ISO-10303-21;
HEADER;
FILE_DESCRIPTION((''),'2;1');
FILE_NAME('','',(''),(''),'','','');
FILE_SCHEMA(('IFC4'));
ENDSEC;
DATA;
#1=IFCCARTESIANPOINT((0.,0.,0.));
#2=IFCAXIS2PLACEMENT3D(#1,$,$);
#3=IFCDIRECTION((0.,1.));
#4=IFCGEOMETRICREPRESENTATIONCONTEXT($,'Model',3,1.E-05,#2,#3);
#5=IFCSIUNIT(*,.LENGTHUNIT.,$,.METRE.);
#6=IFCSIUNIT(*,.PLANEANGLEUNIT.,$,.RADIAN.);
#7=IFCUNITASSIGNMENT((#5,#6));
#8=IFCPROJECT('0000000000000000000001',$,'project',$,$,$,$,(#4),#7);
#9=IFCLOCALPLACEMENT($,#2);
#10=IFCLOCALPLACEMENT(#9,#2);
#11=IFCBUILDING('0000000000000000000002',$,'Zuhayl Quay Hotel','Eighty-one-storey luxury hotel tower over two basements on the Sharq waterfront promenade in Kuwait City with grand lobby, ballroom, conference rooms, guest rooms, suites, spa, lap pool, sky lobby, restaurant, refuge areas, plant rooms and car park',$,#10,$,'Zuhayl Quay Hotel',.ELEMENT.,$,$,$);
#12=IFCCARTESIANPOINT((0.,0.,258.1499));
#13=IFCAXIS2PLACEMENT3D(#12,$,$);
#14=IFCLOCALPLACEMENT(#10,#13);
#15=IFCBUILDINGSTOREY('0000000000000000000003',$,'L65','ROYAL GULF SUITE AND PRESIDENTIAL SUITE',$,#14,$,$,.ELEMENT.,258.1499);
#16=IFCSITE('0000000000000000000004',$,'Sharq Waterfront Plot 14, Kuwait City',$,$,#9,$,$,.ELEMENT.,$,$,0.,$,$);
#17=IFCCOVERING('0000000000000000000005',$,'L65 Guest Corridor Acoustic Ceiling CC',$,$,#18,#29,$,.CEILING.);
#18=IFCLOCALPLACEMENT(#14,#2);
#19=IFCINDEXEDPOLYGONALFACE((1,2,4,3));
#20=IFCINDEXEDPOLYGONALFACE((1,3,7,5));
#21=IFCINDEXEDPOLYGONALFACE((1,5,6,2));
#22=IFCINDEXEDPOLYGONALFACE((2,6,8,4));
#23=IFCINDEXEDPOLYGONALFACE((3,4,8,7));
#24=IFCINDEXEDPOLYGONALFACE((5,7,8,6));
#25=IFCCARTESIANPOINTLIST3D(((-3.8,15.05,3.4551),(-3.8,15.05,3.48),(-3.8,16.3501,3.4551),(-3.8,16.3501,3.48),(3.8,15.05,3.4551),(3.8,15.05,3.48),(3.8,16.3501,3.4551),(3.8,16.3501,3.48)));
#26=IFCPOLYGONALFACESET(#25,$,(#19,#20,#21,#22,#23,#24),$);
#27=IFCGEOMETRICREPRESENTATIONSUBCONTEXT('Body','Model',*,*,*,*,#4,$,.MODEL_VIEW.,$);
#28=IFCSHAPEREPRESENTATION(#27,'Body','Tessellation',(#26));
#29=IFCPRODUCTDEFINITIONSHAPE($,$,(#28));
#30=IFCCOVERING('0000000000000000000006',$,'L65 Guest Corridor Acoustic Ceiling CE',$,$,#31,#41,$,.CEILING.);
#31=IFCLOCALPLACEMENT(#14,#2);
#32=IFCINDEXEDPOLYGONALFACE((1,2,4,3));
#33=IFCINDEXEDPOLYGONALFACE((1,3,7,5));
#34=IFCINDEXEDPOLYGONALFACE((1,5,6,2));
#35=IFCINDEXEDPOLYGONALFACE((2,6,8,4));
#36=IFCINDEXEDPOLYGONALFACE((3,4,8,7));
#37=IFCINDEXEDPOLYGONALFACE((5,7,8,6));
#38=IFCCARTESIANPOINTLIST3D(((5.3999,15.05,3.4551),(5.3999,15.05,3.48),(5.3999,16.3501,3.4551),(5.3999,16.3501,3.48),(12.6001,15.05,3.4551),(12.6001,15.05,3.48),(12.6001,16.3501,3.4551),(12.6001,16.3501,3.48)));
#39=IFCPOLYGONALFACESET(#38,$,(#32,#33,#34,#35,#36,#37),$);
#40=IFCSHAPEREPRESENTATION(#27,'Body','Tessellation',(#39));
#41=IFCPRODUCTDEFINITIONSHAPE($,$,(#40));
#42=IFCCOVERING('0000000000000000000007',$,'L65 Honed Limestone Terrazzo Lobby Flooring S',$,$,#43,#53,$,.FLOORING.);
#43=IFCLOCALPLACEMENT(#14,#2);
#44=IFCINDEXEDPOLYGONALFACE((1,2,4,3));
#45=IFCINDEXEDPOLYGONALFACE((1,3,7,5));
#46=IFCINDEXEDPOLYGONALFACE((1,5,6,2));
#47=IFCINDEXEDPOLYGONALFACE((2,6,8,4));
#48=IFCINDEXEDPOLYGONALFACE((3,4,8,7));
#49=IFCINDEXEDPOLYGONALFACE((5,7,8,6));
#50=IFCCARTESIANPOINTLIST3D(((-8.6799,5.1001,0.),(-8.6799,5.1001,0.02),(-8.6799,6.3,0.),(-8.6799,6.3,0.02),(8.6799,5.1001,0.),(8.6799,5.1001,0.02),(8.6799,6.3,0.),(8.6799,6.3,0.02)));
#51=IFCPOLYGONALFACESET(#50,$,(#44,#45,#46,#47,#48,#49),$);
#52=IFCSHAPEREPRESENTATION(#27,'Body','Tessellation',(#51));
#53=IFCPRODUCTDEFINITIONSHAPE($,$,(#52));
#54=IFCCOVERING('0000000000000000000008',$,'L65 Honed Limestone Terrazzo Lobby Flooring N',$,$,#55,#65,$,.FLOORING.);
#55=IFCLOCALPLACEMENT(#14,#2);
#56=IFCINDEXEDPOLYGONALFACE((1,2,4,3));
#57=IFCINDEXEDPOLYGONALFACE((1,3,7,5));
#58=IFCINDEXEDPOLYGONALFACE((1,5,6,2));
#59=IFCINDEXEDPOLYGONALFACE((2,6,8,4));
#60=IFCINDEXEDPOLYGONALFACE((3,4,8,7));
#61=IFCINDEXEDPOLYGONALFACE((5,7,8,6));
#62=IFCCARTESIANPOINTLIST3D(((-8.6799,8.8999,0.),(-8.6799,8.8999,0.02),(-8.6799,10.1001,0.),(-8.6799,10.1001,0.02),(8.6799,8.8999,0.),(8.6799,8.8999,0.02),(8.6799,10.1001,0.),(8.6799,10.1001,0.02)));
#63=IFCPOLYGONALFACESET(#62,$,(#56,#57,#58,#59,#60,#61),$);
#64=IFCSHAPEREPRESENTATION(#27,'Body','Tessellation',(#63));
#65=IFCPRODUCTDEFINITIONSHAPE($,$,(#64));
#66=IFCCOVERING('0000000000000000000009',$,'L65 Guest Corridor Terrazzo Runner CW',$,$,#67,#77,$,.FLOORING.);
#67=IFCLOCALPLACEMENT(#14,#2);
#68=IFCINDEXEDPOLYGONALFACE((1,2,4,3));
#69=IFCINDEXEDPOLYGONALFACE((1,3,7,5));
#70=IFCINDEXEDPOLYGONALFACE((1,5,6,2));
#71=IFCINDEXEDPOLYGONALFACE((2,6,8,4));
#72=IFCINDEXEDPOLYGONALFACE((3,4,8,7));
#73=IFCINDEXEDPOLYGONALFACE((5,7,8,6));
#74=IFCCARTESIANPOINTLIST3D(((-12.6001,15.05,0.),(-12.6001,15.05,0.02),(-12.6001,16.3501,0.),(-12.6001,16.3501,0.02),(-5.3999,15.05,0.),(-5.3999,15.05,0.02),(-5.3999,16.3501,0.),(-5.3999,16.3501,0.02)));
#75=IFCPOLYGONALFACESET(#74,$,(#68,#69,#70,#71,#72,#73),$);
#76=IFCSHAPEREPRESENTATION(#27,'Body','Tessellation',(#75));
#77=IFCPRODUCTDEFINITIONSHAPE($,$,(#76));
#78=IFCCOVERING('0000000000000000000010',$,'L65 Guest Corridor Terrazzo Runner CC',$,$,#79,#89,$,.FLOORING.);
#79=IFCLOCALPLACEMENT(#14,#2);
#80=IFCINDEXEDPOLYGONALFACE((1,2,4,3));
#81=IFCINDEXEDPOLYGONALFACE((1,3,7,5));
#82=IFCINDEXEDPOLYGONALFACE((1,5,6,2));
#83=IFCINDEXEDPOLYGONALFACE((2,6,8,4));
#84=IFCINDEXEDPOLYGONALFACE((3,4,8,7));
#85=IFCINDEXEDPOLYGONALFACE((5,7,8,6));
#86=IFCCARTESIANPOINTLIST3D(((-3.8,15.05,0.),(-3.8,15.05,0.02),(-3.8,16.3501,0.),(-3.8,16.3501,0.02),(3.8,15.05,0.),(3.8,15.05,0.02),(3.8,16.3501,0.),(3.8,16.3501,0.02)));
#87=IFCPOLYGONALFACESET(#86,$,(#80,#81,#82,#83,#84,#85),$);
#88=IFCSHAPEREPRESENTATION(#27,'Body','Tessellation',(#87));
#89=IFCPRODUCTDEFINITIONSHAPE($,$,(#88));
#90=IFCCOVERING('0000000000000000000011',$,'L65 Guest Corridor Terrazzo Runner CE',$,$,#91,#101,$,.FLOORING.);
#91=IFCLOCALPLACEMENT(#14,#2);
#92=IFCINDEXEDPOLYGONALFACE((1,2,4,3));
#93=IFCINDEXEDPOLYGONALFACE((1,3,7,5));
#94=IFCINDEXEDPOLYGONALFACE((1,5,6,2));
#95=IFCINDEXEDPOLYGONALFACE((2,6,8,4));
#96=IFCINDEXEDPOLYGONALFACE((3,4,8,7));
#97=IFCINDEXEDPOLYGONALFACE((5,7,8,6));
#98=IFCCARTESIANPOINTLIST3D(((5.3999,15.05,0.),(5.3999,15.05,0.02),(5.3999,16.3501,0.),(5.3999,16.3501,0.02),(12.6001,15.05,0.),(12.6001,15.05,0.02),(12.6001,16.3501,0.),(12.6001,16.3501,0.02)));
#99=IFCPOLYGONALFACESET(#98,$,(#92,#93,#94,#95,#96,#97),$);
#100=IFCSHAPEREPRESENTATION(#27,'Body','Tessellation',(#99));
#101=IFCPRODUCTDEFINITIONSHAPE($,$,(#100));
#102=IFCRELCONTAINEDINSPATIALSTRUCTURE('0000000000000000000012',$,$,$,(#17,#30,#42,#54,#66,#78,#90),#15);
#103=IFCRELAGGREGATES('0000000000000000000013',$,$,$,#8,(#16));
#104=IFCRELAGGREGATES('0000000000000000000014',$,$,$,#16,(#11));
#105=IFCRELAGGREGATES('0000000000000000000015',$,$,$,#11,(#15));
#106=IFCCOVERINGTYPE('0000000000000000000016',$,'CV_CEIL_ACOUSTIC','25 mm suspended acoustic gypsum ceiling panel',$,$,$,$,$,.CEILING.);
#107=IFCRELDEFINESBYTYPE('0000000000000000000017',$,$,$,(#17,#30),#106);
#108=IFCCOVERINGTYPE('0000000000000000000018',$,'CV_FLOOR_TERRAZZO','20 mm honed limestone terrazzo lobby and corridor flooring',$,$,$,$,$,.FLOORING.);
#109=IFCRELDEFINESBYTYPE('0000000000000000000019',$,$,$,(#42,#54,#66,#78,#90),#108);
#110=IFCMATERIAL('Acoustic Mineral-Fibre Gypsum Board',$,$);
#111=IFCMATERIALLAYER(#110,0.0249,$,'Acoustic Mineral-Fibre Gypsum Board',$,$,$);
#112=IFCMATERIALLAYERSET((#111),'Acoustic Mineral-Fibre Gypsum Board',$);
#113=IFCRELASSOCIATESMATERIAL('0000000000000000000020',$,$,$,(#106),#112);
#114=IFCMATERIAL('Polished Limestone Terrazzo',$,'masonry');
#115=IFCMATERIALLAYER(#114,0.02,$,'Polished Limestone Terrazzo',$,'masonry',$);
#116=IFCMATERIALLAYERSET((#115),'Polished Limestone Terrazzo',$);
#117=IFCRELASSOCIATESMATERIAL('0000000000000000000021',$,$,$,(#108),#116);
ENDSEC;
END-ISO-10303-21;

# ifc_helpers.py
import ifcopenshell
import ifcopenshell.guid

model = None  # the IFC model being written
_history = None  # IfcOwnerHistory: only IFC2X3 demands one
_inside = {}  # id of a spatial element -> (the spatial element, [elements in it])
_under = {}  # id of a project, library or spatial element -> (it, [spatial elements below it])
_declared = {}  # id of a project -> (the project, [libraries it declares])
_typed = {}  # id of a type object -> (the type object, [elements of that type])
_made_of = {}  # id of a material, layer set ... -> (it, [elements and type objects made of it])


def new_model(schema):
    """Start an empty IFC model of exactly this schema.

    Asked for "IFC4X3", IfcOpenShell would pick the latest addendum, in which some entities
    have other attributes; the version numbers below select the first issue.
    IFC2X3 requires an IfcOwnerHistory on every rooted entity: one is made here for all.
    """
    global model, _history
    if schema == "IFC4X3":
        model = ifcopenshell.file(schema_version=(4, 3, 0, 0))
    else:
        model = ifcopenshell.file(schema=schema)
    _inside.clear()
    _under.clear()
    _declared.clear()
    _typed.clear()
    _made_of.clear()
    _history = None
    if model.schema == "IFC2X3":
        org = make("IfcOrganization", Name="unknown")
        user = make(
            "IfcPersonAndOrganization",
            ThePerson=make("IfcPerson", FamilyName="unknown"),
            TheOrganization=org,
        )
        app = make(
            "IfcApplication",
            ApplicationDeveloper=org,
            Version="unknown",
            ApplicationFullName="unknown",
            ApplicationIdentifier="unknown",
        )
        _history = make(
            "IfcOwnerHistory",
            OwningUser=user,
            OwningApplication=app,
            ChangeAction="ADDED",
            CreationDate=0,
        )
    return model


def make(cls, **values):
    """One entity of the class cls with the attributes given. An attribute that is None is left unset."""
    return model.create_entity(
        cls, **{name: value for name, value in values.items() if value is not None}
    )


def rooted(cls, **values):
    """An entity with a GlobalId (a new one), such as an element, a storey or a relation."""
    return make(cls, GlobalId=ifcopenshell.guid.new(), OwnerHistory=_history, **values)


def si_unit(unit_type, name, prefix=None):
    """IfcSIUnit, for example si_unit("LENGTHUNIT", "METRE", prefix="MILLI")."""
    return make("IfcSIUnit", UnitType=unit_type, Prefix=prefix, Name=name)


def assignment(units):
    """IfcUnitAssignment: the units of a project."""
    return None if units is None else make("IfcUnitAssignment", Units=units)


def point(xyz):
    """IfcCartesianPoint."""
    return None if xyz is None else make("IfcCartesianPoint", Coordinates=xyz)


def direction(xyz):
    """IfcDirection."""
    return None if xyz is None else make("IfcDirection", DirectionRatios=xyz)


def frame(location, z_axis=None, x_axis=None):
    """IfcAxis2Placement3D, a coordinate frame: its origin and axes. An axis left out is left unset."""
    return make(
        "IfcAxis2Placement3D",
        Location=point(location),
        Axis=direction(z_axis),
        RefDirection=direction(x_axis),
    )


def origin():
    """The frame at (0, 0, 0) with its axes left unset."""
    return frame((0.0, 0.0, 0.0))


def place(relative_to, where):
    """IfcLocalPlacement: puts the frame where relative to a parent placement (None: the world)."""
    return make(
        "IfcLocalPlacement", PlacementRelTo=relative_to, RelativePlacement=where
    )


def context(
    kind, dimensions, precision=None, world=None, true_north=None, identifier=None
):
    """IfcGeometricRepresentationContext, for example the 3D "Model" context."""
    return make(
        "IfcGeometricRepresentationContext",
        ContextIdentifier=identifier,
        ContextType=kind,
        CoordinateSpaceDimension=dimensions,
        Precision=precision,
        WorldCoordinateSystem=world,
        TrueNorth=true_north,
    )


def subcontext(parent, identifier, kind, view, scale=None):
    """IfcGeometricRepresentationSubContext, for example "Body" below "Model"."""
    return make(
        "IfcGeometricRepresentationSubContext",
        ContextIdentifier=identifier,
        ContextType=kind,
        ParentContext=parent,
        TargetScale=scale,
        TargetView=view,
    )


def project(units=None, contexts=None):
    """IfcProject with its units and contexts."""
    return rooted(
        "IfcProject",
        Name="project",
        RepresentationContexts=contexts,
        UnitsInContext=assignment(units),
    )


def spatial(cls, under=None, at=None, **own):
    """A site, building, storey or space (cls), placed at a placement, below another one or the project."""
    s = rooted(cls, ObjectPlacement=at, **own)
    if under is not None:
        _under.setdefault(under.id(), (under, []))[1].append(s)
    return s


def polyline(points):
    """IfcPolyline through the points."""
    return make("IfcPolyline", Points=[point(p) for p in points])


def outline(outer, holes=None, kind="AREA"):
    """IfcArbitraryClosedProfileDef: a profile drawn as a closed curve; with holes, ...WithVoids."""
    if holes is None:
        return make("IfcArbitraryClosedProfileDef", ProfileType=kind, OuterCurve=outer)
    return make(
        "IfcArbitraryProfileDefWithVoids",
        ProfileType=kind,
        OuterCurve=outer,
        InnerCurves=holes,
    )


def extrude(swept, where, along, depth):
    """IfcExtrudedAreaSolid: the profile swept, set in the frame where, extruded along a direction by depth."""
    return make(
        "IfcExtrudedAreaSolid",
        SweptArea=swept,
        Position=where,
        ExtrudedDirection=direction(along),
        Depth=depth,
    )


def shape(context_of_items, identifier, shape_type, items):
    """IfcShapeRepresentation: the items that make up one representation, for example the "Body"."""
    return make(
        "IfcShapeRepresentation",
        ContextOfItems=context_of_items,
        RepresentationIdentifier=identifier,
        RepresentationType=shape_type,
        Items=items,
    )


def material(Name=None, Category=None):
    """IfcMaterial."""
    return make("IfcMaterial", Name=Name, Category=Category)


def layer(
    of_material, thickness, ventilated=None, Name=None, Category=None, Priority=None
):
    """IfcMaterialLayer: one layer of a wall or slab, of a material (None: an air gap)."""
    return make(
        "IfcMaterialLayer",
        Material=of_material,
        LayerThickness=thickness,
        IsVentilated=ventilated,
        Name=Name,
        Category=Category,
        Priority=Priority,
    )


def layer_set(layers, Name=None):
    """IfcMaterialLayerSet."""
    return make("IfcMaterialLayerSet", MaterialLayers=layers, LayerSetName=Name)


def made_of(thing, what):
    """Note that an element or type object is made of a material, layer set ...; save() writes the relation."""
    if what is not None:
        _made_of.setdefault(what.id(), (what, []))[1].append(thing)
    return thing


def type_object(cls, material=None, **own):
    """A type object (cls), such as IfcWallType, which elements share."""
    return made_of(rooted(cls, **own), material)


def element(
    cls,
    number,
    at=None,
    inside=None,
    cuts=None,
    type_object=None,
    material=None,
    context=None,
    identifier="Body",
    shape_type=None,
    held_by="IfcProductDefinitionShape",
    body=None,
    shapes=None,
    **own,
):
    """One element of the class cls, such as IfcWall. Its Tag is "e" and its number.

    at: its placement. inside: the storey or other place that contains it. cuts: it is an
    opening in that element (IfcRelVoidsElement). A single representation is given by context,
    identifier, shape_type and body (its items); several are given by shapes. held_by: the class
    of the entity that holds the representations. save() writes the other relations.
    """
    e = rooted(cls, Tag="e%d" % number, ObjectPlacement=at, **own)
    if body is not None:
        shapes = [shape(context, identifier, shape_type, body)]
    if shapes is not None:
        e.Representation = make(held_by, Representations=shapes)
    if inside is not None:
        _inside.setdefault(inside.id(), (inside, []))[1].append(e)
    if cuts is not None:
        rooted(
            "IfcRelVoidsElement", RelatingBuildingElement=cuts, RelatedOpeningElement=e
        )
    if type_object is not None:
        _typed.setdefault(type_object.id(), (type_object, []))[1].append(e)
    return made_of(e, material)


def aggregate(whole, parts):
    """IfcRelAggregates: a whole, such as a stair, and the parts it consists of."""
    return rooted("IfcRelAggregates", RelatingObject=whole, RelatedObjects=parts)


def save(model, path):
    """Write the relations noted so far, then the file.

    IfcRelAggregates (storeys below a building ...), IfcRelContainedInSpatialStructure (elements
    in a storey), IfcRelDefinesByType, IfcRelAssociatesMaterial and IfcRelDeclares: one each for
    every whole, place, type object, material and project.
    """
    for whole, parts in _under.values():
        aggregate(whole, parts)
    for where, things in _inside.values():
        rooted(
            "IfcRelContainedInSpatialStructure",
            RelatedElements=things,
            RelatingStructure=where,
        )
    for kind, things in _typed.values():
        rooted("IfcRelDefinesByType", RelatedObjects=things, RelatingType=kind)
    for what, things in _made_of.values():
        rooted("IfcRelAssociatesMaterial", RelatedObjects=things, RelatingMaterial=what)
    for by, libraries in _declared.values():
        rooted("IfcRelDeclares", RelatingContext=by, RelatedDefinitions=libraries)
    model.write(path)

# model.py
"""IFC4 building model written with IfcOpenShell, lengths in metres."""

from ifc_helpers import new_model, si_unit, direction, frame, origin, place, context, subcontext, project, spatial, polyline, outline, extrude, material, layer, layer_set, type_object, element, save


model = new_model("IFC4")

# Units and contexts
model_context = context("Model", 3, precision=1e-05, world=origin(), true_north=direction((0.0, 1.0)))
body_context = subcontext(model_context, "Body", "Model", "MODEL_VIEW")
ifc_project = project(units=[si_unit("LENGTHUNIT", "METRE"), si_unit("PLANEANGLEUNIT", "RADIAN")], contexts=[model_context])

# Site, building, storey
site_placement = place(None, origin())
site = spatial("IfcSite", under=ifc_project, at=site_placement, Name="Sharq Waterfront Plot 14, Kuwait City", CompositionType="ELEMENT", RefElevation=0.0)
building_placement = place(site_placement, origin())
building = spatial("IfcBuilding", under=site, at=building_placement, Name="Zuhayl Quay Hotel", Description="Eighty-one-storey luxury hotel tower over two basements on the Sharq waterfront promenade in Kuwait City with grand lobby, ballroom, conference rooms, guest rooms, suites, spa, lap pool, sky lobby, restaurant, refuge areas, plant rooms and car park", LongName="Zuhayl Quay Hotel", CompositionType="ELEMENT")
storey_placement = place(building_placement, frame((0.0, 0.0, 258.1499)))
storey = spatial("IfcBuildingStorey", under=building, at=storey_placement, Name="L65", Description="ROYAL GULF SUITE AND PRESIDENTIAL SUITE", CompositionType="ELEMENT", Elevation=258.1499)

# Coverings
ifc_material_1 = material(Name="Acoustic Mineral-Fibre Gypsum Board")
ifc_layer_1 = layer(ifc_material_1, 0.0249, Name="Acoustic Mineral-Fibre Gypsum Board")
ifc_layer_set_1 = layer_set([ifc_layer_1], Name="Acoustic Mineral-Fibre Gypsum Board")
covering_type_1 = type_object("IfcCoveringType", Name="CV_CEIL_ACOUSTIC", Description="25 mm suspended acoustic gypsum ceiling panel", PredefinedType="CEILING", material=ifc_layer_set_1)
covering_1_placement = place(storey_placement, frame((0.0, 0.0, 3.4551)))
element("IfcCovering", 1, at=covering_1_placement, inside=storey, type_object=covering_type_1, Name="L65 Guest Corridor Acoustic Ceiling CC", PredefinedType="CEILING", context=body_context, shape_type="SweptSolid", body=[
    extrude(outline(polyline([(-3.8, 15.05), (3.8, 15.05), (3.8, 16.3501), (-3.8, 16.3501), (-3.8, 15.05)])), origin(), (0.0, 0.0, 1.0), 0.0249),
])
covering_2_placement = place(storey_placement, frame((0.0, 0.0, 3.4551)))
element("IfcCovering", 2, at=covering_2_placement, inside=storey, type_object=covering_type_1, Name="L65 Guest Corridor Acoustic Ceiling CE", PredefinedType="CEILING", context=body_context, shape_type="SweptSolid", body=[
    extrude(outline(polyline([(5.3999, 15.05), (12.6001, 15.05), (12.6001, 16.3501), (5.3999, 16.3501), (5.3999, 15.05)])), origin(), (0.0, 0.0, 1.0), 0.0249),
])
ifc_material_2 = material(Name="Polished Limestone Terrazzo", Category="masonry")
ifc_layer_2 = layer(ifc_material_2, 0.02, Name="Polished Limestone Terrazzo", Category="masonry")
ifc_layer_set_2 = layer_set([ifc_layer_2], Name="Polished Limestone Terrazzo")
covering_type_2 = type_object("IfcCoveringType", Name="CV_FLOOR_TERRAZZO", Description="20 mm honed limestone terrazzo lobby and corridor flooring", PredefinedType="FLOORING", material=ifc_layer_set_2)
covering_3_placement = place(storey_placement, origin())
element("IfcCovering", 3, at=covering_3_placement, inside=storey, type_object=covering_type_2, Name="L65 Honed Limestone Terrazzo Lobby Flooring S", PredefinedType="FLOORING", context=body_context, shape_type="SweptSolid", body=[
    extrude(outline(polyline([(-8.6799, 5.1001), (8.6799, 5.1001), (8.6799, 6.3), (-8.6799, 6.3), (-8.6799, 5.1001)])), origin(), (0.0, 0.0, 1.0), 0.02),
])
covering_4_placement = place(storey_placement, origin())
element("IfcCovering", 4, at=covering_4_placement, inside=storey, type_object=covering_type_2, Name="L65 Honed Limestone Terrazzo Lobby Flooring N", PredefinedType="FLOORING", context=body_context, shape_type="SweptSolid", body=[
    extrude(outline(polyline([(-8.6799, 8.8999), (8.6799, 8.8999), (8.6799, 10.1001), (-8.6799, 10.1001), (-8.6799, 8.8999)])), origin(), (0.0, 0.0, 1.0), 0.02),
])
covering_5_placement = place(storey_placement, origin())
element("IfcCovering", 5, at=covering_5_placement, inside=storey, type_object=covering_type_2, Name="L65 Guest Corridor Terrazzo Runner CW", PredefinedType="FLOORING", context=body_context, shape_type="SweptSolid", body=[
    extrude(outline(polyline([(-12.6001, 15.05), (-5.3999, 15.05), (-5.3999, 16.3501), (-12.6001, 16.3501), (-12.6001, 15.05)])), origin(), (0.0, 0.0, 1.0), 0.02),
])
covering_6_placement = place(storey_placement, origin())
element("IfcCovering", 6, at=covering_6_placement, inside=storey, type_object=covering_type_2, Name="L65 Guest Corridor Terrazzo Runner CC", PredefinedType="FLOORING", context=body_context, shape_type="SweptSolid", body=[
    extrude(outline(polyline([(-3.8, 15.05), (3.8, 15.05), (3.8, 16.3501), (-3.8, 16.3501), (-3.8, 15.05)])), origin(), (0.0, 0.0, 1.0), 0.02),
])
covering_7_placement = place(storey_placement, origin())
element("IfcCovering", 7, at=covering_7_placement, inside=storey, type_object=covering_type_2, Name="L65 Guest Corridor Terrazzo Runner CE", PredefinedType="FLOORING", context=body_context, shape_type="SweptSolid", body=[
    extrude(outline(polyline([(5.3999, 15.05), (12.6001, 15.05), (12.6001, 16.3501), (5.3999, 16.3501), (5.3999, 15.05)])), origin(), (0.0, 0.0, 1.0), 0.02),
])

save(model, "model.ifc")
